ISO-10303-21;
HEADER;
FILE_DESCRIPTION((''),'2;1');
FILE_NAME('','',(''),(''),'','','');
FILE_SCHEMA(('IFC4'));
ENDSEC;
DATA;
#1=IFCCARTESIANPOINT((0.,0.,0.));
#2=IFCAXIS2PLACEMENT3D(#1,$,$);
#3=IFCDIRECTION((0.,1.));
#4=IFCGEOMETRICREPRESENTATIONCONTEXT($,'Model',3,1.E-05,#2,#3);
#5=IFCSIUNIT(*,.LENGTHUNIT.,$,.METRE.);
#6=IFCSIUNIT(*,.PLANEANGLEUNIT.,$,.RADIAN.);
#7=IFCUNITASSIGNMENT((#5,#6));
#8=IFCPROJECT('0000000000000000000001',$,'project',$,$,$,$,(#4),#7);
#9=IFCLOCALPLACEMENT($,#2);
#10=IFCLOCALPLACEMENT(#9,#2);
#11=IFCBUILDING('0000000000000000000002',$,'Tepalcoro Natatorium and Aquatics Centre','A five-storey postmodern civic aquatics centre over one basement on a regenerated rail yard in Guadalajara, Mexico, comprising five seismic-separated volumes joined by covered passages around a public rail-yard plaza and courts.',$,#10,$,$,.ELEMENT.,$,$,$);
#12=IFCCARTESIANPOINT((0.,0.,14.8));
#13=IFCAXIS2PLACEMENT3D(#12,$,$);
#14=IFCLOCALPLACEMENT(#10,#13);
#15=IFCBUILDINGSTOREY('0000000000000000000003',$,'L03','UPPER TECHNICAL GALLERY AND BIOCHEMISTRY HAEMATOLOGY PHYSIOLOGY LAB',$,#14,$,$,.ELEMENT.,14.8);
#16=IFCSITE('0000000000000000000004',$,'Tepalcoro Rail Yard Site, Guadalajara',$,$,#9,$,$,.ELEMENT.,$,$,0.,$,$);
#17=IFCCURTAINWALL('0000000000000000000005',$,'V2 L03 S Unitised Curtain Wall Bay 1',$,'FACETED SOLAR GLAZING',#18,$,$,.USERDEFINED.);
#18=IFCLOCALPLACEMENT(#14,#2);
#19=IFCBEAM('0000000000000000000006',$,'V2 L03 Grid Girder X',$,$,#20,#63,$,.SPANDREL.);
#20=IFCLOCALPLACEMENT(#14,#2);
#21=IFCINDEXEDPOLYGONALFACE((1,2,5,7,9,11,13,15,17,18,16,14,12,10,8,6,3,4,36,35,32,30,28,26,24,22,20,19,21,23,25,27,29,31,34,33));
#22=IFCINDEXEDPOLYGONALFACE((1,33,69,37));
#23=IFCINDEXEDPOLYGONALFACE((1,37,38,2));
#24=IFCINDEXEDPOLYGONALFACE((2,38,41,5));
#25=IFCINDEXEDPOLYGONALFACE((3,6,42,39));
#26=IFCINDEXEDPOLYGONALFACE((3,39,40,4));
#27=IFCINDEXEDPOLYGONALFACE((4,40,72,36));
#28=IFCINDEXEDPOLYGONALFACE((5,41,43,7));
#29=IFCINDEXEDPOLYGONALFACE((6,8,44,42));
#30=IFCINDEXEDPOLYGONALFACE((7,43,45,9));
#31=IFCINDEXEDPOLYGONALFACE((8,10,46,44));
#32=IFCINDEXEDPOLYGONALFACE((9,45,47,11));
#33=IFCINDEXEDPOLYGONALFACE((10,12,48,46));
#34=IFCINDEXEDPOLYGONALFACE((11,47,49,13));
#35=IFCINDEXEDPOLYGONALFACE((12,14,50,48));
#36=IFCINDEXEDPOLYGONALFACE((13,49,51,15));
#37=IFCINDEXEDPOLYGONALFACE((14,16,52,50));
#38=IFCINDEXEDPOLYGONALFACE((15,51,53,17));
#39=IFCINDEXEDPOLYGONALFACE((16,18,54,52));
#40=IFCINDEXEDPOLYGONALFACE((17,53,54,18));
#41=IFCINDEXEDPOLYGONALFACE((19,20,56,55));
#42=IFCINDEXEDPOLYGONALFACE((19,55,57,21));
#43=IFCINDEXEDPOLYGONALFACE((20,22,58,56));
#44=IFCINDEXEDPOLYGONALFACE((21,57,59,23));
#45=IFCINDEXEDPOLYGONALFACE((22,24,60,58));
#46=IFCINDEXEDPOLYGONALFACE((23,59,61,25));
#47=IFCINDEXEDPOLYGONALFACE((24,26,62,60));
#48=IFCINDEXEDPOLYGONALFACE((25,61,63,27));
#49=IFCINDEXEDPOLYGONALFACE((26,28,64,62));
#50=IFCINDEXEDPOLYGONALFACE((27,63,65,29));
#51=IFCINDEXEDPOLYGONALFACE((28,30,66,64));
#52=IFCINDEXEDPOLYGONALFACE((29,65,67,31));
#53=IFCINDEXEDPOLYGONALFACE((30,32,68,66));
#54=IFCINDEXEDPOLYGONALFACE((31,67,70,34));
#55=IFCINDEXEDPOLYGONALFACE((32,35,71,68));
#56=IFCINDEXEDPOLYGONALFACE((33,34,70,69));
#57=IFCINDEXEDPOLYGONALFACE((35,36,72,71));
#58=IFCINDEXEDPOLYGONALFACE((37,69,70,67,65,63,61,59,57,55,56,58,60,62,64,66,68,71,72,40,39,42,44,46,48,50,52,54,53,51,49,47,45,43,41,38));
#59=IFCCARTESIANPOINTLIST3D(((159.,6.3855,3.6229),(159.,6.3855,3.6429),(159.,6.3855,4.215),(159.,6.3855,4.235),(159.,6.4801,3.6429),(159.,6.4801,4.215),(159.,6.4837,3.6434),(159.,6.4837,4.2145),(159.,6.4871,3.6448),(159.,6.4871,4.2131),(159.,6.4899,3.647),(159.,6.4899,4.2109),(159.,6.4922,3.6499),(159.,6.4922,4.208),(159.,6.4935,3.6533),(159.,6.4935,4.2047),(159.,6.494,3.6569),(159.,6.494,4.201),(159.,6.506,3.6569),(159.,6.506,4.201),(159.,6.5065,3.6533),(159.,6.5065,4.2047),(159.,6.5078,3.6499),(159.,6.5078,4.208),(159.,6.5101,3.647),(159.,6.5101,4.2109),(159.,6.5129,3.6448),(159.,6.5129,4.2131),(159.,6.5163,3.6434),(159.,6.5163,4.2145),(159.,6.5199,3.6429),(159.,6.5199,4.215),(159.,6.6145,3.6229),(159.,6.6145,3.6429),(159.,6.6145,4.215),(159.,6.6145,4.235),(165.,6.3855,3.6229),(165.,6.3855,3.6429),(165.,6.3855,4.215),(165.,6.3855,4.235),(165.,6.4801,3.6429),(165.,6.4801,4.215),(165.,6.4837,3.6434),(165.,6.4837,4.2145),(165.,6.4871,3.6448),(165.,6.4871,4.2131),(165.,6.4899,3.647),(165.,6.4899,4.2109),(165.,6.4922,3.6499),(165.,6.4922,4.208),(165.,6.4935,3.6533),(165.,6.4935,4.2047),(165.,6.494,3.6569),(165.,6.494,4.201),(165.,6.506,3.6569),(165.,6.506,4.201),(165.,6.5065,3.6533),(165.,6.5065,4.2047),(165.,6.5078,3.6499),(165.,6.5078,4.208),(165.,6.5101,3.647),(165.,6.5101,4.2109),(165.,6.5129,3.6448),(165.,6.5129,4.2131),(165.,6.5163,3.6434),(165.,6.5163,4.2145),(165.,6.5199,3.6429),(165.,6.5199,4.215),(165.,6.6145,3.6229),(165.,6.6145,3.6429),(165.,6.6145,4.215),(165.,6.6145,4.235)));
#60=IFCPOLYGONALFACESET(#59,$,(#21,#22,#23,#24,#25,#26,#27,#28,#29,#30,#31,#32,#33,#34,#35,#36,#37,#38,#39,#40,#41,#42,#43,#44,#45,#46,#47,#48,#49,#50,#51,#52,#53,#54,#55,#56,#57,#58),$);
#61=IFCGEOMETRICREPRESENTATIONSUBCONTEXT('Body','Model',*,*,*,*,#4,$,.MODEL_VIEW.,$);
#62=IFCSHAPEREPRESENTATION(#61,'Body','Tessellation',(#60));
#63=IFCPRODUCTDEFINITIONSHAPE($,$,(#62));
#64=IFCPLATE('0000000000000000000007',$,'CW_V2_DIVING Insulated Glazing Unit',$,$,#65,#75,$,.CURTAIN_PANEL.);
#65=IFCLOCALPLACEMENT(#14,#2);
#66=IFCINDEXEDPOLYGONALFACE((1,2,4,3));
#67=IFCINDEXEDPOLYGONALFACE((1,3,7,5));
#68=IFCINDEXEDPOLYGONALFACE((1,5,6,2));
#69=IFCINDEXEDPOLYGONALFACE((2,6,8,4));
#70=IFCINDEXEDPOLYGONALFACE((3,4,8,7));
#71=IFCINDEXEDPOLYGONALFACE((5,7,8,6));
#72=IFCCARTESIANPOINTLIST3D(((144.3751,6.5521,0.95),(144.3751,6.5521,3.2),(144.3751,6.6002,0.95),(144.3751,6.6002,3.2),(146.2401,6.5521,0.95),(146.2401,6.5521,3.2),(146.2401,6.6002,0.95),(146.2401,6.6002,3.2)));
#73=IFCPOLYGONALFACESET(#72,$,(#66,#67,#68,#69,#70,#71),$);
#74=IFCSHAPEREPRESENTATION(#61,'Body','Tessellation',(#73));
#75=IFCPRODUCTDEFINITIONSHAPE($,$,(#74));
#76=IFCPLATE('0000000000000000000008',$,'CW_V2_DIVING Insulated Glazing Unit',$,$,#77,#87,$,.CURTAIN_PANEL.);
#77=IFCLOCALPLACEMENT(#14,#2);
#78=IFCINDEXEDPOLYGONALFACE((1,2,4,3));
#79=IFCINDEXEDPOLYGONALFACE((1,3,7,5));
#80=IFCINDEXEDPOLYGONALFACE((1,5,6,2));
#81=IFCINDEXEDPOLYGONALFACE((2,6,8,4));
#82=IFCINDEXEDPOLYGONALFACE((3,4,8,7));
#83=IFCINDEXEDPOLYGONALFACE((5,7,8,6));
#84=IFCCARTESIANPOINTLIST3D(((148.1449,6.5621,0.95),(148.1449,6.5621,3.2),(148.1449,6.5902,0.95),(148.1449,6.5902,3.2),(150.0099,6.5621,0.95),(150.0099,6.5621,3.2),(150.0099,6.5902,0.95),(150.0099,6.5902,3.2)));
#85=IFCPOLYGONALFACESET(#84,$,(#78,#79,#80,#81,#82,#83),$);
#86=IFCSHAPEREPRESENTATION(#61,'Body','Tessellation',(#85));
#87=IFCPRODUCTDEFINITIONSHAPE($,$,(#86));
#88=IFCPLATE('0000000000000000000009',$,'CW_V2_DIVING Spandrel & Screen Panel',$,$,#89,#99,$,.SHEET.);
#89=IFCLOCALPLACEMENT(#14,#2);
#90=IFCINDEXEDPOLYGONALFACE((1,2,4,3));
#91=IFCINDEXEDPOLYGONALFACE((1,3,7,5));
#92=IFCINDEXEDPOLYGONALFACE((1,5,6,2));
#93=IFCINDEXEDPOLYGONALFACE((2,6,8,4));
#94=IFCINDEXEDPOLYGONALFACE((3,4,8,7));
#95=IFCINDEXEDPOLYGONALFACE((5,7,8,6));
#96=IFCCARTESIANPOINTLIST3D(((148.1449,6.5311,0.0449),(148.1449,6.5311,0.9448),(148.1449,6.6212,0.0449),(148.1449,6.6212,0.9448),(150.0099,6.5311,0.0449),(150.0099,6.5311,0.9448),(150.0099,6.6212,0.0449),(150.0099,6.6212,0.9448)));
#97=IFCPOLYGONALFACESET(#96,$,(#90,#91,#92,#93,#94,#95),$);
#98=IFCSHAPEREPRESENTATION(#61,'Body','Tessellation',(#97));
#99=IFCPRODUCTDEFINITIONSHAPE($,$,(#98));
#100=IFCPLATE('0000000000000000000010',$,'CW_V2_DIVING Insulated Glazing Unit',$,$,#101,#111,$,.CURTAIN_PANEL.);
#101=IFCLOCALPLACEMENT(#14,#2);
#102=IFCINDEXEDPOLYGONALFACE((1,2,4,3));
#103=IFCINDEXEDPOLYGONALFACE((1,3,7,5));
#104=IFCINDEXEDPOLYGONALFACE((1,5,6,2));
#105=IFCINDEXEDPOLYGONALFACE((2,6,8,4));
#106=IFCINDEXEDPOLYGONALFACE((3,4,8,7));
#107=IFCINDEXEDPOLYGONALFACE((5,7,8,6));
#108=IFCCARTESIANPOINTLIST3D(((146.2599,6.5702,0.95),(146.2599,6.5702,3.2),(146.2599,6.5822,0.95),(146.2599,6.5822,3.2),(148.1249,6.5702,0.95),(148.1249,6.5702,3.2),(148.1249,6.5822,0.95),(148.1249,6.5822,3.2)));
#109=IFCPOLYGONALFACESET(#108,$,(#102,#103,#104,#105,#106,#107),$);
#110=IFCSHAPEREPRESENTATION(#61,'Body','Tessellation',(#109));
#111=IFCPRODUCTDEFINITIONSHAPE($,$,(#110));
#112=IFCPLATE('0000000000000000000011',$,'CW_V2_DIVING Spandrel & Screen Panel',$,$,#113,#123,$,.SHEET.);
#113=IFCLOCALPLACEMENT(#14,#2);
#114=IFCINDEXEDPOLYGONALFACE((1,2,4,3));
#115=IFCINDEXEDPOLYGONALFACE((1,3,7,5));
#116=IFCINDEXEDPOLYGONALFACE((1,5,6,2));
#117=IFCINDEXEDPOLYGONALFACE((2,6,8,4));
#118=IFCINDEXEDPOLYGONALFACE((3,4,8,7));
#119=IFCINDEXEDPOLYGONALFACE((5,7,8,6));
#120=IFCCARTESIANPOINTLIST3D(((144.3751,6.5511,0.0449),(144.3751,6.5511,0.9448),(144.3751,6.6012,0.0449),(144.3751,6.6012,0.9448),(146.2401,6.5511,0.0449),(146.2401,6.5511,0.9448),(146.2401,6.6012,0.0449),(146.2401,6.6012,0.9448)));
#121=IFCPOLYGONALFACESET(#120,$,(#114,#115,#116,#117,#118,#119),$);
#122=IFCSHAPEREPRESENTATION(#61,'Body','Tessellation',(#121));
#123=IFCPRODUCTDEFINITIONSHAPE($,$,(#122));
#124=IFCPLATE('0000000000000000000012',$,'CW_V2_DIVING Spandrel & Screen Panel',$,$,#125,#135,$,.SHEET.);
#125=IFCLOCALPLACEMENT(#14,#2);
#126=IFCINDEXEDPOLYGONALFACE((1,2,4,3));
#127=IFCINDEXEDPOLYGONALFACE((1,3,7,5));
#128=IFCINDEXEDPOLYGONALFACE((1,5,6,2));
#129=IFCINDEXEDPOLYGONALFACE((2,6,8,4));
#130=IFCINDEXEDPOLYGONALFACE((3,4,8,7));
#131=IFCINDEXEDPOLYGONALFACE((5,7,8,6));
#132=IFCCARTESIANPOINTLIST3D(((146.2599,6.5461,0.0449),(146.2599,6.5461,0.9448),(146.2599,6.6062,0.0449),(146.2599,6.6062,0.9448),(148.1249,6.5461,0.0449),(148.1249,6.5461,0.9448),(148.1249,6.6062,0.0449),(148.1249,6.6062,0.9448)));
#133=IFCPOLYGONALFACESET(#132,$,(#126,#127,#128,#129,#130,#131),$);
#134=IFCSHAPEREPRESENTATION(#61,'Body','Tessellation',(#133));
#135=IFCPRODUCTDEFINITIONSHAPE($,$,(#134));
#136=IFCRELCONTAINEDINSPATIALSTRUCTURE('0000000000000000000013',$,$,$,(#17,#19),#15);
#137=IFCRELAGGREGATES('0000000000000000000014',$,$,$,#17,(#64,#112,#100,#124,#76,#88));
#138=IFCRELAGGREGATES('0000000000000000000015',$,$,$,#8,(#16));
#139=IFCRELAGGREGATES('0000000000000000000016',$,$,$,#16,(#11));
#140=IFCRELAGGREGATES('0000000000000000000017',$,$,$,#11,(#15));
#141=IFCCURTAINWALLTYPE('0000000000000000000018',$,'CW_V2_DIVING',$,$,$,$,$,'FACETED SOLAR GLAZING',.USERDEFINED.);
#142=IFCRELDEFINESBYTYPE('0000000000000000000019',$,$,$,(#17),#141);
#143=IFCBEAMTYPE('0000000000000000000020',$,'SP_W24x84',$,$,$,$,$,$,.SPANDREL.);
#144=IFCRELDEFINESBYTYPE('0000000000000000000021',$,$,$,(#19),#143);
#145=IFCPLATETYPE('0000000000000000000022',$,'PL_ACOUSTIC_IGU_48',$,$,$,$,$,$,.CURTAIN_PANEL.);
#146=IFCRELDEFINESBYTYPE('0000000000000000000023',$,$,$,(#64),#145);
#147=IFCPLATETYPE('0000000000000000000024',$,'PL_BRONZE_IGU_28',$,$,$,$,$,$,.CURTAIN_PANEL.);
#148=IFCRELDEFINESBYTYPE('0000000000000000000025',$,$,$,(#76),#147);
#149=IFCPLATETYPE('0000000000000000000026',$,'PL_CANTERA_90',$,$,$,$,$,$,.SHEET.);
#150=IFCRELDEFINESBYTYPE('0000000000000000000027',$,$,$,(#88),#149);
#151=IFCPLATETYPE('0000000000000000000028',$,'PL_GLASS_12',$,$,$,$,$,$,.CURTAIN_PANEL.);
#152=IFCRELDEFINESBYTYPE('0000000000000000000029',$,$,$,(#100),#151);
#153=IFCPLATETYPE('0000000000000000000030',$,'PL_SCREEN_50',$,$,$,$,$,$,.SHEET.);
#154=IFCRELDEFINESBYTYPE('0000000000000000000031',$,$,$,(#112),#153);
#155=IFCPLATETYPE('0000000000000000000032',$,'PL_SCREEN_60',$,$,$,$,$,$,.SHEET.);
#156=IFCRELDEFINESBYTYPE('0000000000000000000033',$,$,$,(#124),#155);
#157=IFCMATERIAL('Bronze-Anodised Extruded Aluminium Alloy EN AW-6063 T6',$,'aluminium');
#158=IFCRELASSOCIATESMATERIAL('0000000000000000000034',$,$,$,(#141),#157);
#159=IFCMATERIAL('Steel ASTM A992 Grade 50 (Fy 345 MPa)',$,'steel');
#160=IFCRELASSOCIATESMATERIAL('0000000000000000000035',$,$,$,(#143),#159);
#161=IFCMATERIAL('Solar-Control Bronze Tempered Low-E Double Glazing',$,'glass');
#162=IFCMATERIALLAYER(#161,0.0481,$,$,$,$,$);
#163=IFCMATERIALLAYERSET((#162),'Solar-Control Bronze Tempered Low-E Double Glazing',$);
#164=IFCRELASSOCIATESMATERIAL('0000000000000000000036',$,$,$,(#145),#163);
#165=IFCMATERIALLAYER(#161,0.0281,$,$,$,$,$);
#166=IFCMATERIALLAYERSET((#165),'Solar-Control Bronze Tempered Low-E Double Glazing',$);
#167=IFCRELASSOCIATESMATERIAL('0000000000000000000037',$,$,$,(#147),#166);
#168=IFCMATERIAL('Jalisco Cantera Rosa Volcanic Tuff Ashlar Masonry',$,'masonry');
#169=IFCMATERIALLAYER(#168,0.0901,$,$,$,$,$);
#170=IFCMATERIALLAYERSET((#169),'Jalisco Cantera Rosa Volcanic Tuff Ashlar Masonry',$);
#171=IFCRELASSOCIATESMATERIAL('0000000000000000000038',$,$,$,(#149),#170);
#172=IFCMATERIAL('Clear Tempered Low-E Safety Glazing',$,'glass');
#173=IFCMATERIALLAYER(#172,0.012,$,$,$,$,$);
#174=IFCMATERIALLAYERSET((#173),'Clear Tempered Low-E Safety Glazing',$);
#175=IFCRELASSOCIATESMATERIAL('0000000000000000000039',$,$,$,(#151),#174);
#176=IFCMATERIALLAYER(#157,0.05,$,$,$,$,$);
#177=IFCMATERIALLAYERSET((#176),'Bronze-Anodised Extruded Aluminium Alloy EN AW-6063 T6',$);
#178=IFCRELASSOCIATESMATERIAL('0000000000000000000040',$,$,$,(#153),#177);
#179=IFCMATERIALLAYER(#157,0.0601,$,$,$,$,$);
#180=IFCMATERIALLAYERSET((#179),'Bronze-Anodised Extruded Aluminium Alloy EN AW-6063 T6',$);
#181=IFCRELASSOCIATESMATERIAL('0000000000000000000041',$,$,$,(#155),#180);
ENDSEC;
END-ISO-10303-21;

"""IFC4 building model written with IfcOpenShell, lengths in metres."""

from ifc_helpers import new_model, si_unit, direction, frame, origin, origin_2d, place, context, subcontext, project, spatial, rectangle, i_section, extrude, material, layer, layer_set, material_profile, profile_set, type_object, element, aggregate, save


model = new_model("IFC4")

# Units and contexts
model_context = context("Model", 3, precision=1e-05, world=origin(), true_north=direction((0.0, 1.0)))
body_context = subcontext(model_context, "Body", "Model", "MODEL_VIEW")
ifc_project = project(units=[si_unit("LENGTHUNIT", "METRE"), si_unit("PLANEANGLEUNIT", "RADIAN")], contexts=[model_context])

# Site, building, storey
site_placement = place(None, origin())
site = spatial("IfcSite", under=ifc_project, at=site_placement, Name="Tepalcoro Rail Yard Site, Guadalajara", CompositionType="ELEMENT", RefElevation=0.0)
building_placement = place(site_placement, origin())
building = spatial("IfcBuilding", under=site, at=building_placement, Name="Tepalcoro Natatorium and Aquatics Centre", Description="A five-storey postmodern civic aquatics centre over one basement on a regenerated rail yard in Guadalajara, Mexico, comprising five seismic-separated volumes joined by covered passages around a public rail-yard plaza and courts.", CompositionType="ELEMENT")
storey_placement = place(building_placement, frame((0.0, 0.0, 14.8)))
storey = spatial("IfcBuildingStorey", under=building, at=storey_placement, Name="L03", Description="UPPER TECHNICAL GALLERY AND BIOCHEMISTRY HAEMATOLOGY PHYSIOLOGY LAB", CompositionType="ELEMENT", Elevation=14.8)

# Shared definitions
ifc_material_1 = material(Name="Steel ASTM A992 Grade 50 (Fy 345 MPa)", Category="steel")

# Curtain wall
ifc_material_2 = material(Name="Bronze-Anodised Extruded Aluminium Alloy EN AW-6063 T6", Category="aluminium")
curtain_wall_type = type_object("IfcCurtainWallType", Name="CW_V2_DIVING", ElementType="FACETED SOLAR GLAZING", PredefinedType="USERDEFINED", material=ifc_material_2)
curtain_wall_placement = place(storey_placement, origin())
curtain_wall = element("IfcCurtainWall", 1, at=curtain_wall_placement, inside=storey, type_object=curtain_wall_type, Name="V2 L03 S Unitised Curtain Wall Bay 1", ObjectType="FACETED SOLAR GLAZING", PredefinedType="USERDEFINED")

# Beam
ifc_material_profile_1 = material_profile(ifc_material_1, i_section(OverallWidth=0.229, OverallDepth=0.6121, WebThickness=0.012, FlangeThickness=0.02, FilletRadius=0.0139, at=origin_2d()), Name="W24X84")
ifc_profile_set_1 = profile_set([ifc_material_profile_1], Name="Steel ASTM A992 Grade 50 (Fy 345 MPa)")
beam_type_1 = type_object("IfcBeamType", Name="SP_W24x84", PredefinedType="SPANDREL", material=ifc_profile_set_1)
beam_1_placement = place(storey_placement, frame((159.0, 6.5, 3.929), z_axis=(1.0, 0.0, 0.0), x_axis=(0.0, 1.0, 0.0)))
element("IfcBeam", 2, at=beam_1_placement, inside=storey, type_object=beam_type_1, Name="V2 L03 Grid Girder X", PredefinedType="SPANDREL", context=body_context, shape_type="SweptSolid", body=[
    extrude(i_section(OverallWidth=0.229, OverallDepth=0.6121, WebThickness=0.012, FlangeThickness=0.02, FilletRadius=0.0139, at=origin_2d()), origin(), (0.0, 0.0, 1.0), 6.0),
])

# Plates
ifc_material_3 = material(Name="Solar-Control Bronze Tempered Low-E Double Glazing", Category="glass")
ifc_layer_1 = layer(ifc_material_3, 0.0481)
ifc_layer_set_1 = layer_set([ifc_layer_1], Name="Solar-Control Bronze Tempered Low-E Double Glazing")
plate_type_1 = type_object("IfcPlateType", Name="PL_ACOUSTIC_IGU_48", PredefinedType="CURTAIN_PANEL", material=ifc_layer_set_1)
plate_1_placement = place(storey_placement, frame((145.3076, 6.5762, 0.95), z_axis=(0.0, 0.0, 1.0), x_axis=(1.0, 0.0, 0.0)))
plate_1 = element("IfcPlate", 3, at=plate_1_placement, type_object=plate_type_1, Name="CW_V2_DIVING Insulated Glazing Unit", PredefinedType="CURTAIN_PANEL", context=body_context, shape_type="SweptSolid", body=[
    extrude(rectangle(XDim=1.865, YDim=0.0481, at=origin_2d()), origin(), (0.0, 0.0, 1.0), 2.25),
])
ifc_layer_2 = layer(ifc_material_3, 0.0281)
ifc_layer_set_2 = layer_set([ifc_layer_2], Name="Solar-Control Bronze Tempered Low-E Double Glazing")
plate_type_2 = type_object("IfcPlateType", Name="PL_BRONZE_IGU_28", PredefinedType="CURTAIN_PANEL", material=ifc_layer_set_2)
plate_2_placement = place(storey_placement, frame((149.0774, 6.5762, 0.95), z_axis=(0.0, 0.0, 1.0), x_axis=(1.0, 0.0, 0.0)))
plate_2 = element("IfcPlate", 4, at=plate_2_placement, type_object=plate_type_2, Name="CW_V2_DIVING Insulated Glazing Unit", PredefinedType="CURTAIN_PANEL", context=body_context, shape_type="SweptSolid", body=[
    extrude(rectangle(XDim=1.865, YDim=0.0281, at=origin_2d()), origin(), (0.0, 0.0, 1.0), 2.25),
])
ifc_material_4 = material(Name="Jalisco Cantera Rosa Volcanic Tuff Ashlar Masonry", Category="masonry")
ifc_layer_3 = layer(ifc_material_4, 0.0901)
ifc_layer_set_3 = layer_set([ifc_layer_3], Name="Jalisco Cantera Rosa Volcanic Tuff Ashlar Masonry")
plate_type_3 = type_object("IfcPlateType", Name="PL_CANTERA_90", PredefinedType="SHEET", material=ifc_layer_set_3)
plate_3_placement = place(storey_placement, frame((149.0774, 6.5762, 0.0449), z_axis=(0.0, 0.0, 1.0), x_axis=(1.0, 0.0, 0.0)))
plate_3 = element("IfcPlate", 5, at=plate_3_placement, type_object=plate_type_3, Name="CW_V2_DIVING Spandrel & Screen Panel", PredefinedType="SHEET", context=body_context, shape_type="SweptSolid", body=[
    extrude(rectangle(XDim=1.865, YDim=0.0901, at=origin_2d()), origin(), (0.0, 0.0, 1.0), 0.8999),
])
ifc_material_5 = material(Name="Clear Tempered Low-E Safety Glazing", Category="glass")
ifc_layer_4 = layer(ifc_material_5, 0.012)
ifc_layer_set_4 = layer_set([ifc_layer_4], Name="Clear Tempered Low-E Safety Glazing")
plate_type_4 = type_object("IfcPlateType", Name="PL_GLASS_12", PredefinedType="CURTAIN_PANEL", material=ifc_layer_set_4)
plate_4_placement = place(storey_placement, frame((147.1924, 6.5762, 0.95), z_axis=(0.0, 0.0, 1.0), x_axis=(1.0, 0.0, 0.0)))
plate_4 = element("IfcPlate", 6, at=plate_4_placement, type_object=plate_type_4, Name="CW_V2_DIVING Insulated Glazing Unit", PredefinedType="CURTAIN_PANEL", context=body_context, shape_type="SweptSolid", body=[
    extrude(rectangle(XDim=1.865, YDim=0.012, at=origin_2d()), origin(), (0.0, 0.0, 1.0), 2.25),
])
ifc_layer_5 = layer(ifc_material_2, 0.05)
ifc_layer_set_5 = layer_set([ifc_layer_5], Name="Bronze-Anodised Extruded Aluminium Alloy EN AW-6063 T6")
plate_type_5 = type_object("IfcPlateType", Name="PL_SCREEN_50", PredefinedType="SHEET", material=ifc_layer_set_5)
plate_5_placement = place(storey_placement, frame((145.3076, 6.5762, 0.0449), z_axis=(0.0, 0.0, 1.0), x_axis=(1.0, 0.0, 0.0)))
plate_5 = element("IfcPlate", 7, at=plate_5_placement, type_object=plate_type_5, Name="CW_V2_DIVING Spandrel & Screen Panel", PredefinedType="SHEET", context=body_context, shape_type="SweptSolid", body=[
    extrude(rectangle(XDim=1.865, YDim=0.05, at=origin_2d()), origin(), (0.0, 0.0, 1.0), 0.8999),
])
ifc_layer_6 = layer(ifc_material_2, 0.0601)
ifc_layer_set_6 = layer_set([ifc_layer_6], Name="Bronze-Anodised Extruded Aluminium Alloy EN AW-6063 T6")
plate_type_6 = type_object("IfcPlateType", Name="PL_SCREEN_60", PredefinedType="SHEET", material=ifc_layer_set_6)
plate_6_placement = place(storey_placement, frame((147.1924, 6.5762, 0.0449), z_axis=(0.0, 0.0, 1.0), x_axis=(1.0, 0.0, 0.0)))
plate_6 = element("IfcPlate", 8, at=plate_6_placement, type_object=plate_type_6, Name="CW_V2_DIVING Spandrel & Screen Panel", PredefinedType="SHEET", context=body_context, shape_type="SweptSolid", body=[
    extrude(rectangle(XDim=1.865, YDim=0.0601, at=origin_2d()), origin(), (0.0, 0.0, 1.0), 0.8999),
])
aggregate(curtain_wall, [plate_1, plate_5, plate_4, plate_6, plate_2, plate_3])

save(model, "model.ifc")
